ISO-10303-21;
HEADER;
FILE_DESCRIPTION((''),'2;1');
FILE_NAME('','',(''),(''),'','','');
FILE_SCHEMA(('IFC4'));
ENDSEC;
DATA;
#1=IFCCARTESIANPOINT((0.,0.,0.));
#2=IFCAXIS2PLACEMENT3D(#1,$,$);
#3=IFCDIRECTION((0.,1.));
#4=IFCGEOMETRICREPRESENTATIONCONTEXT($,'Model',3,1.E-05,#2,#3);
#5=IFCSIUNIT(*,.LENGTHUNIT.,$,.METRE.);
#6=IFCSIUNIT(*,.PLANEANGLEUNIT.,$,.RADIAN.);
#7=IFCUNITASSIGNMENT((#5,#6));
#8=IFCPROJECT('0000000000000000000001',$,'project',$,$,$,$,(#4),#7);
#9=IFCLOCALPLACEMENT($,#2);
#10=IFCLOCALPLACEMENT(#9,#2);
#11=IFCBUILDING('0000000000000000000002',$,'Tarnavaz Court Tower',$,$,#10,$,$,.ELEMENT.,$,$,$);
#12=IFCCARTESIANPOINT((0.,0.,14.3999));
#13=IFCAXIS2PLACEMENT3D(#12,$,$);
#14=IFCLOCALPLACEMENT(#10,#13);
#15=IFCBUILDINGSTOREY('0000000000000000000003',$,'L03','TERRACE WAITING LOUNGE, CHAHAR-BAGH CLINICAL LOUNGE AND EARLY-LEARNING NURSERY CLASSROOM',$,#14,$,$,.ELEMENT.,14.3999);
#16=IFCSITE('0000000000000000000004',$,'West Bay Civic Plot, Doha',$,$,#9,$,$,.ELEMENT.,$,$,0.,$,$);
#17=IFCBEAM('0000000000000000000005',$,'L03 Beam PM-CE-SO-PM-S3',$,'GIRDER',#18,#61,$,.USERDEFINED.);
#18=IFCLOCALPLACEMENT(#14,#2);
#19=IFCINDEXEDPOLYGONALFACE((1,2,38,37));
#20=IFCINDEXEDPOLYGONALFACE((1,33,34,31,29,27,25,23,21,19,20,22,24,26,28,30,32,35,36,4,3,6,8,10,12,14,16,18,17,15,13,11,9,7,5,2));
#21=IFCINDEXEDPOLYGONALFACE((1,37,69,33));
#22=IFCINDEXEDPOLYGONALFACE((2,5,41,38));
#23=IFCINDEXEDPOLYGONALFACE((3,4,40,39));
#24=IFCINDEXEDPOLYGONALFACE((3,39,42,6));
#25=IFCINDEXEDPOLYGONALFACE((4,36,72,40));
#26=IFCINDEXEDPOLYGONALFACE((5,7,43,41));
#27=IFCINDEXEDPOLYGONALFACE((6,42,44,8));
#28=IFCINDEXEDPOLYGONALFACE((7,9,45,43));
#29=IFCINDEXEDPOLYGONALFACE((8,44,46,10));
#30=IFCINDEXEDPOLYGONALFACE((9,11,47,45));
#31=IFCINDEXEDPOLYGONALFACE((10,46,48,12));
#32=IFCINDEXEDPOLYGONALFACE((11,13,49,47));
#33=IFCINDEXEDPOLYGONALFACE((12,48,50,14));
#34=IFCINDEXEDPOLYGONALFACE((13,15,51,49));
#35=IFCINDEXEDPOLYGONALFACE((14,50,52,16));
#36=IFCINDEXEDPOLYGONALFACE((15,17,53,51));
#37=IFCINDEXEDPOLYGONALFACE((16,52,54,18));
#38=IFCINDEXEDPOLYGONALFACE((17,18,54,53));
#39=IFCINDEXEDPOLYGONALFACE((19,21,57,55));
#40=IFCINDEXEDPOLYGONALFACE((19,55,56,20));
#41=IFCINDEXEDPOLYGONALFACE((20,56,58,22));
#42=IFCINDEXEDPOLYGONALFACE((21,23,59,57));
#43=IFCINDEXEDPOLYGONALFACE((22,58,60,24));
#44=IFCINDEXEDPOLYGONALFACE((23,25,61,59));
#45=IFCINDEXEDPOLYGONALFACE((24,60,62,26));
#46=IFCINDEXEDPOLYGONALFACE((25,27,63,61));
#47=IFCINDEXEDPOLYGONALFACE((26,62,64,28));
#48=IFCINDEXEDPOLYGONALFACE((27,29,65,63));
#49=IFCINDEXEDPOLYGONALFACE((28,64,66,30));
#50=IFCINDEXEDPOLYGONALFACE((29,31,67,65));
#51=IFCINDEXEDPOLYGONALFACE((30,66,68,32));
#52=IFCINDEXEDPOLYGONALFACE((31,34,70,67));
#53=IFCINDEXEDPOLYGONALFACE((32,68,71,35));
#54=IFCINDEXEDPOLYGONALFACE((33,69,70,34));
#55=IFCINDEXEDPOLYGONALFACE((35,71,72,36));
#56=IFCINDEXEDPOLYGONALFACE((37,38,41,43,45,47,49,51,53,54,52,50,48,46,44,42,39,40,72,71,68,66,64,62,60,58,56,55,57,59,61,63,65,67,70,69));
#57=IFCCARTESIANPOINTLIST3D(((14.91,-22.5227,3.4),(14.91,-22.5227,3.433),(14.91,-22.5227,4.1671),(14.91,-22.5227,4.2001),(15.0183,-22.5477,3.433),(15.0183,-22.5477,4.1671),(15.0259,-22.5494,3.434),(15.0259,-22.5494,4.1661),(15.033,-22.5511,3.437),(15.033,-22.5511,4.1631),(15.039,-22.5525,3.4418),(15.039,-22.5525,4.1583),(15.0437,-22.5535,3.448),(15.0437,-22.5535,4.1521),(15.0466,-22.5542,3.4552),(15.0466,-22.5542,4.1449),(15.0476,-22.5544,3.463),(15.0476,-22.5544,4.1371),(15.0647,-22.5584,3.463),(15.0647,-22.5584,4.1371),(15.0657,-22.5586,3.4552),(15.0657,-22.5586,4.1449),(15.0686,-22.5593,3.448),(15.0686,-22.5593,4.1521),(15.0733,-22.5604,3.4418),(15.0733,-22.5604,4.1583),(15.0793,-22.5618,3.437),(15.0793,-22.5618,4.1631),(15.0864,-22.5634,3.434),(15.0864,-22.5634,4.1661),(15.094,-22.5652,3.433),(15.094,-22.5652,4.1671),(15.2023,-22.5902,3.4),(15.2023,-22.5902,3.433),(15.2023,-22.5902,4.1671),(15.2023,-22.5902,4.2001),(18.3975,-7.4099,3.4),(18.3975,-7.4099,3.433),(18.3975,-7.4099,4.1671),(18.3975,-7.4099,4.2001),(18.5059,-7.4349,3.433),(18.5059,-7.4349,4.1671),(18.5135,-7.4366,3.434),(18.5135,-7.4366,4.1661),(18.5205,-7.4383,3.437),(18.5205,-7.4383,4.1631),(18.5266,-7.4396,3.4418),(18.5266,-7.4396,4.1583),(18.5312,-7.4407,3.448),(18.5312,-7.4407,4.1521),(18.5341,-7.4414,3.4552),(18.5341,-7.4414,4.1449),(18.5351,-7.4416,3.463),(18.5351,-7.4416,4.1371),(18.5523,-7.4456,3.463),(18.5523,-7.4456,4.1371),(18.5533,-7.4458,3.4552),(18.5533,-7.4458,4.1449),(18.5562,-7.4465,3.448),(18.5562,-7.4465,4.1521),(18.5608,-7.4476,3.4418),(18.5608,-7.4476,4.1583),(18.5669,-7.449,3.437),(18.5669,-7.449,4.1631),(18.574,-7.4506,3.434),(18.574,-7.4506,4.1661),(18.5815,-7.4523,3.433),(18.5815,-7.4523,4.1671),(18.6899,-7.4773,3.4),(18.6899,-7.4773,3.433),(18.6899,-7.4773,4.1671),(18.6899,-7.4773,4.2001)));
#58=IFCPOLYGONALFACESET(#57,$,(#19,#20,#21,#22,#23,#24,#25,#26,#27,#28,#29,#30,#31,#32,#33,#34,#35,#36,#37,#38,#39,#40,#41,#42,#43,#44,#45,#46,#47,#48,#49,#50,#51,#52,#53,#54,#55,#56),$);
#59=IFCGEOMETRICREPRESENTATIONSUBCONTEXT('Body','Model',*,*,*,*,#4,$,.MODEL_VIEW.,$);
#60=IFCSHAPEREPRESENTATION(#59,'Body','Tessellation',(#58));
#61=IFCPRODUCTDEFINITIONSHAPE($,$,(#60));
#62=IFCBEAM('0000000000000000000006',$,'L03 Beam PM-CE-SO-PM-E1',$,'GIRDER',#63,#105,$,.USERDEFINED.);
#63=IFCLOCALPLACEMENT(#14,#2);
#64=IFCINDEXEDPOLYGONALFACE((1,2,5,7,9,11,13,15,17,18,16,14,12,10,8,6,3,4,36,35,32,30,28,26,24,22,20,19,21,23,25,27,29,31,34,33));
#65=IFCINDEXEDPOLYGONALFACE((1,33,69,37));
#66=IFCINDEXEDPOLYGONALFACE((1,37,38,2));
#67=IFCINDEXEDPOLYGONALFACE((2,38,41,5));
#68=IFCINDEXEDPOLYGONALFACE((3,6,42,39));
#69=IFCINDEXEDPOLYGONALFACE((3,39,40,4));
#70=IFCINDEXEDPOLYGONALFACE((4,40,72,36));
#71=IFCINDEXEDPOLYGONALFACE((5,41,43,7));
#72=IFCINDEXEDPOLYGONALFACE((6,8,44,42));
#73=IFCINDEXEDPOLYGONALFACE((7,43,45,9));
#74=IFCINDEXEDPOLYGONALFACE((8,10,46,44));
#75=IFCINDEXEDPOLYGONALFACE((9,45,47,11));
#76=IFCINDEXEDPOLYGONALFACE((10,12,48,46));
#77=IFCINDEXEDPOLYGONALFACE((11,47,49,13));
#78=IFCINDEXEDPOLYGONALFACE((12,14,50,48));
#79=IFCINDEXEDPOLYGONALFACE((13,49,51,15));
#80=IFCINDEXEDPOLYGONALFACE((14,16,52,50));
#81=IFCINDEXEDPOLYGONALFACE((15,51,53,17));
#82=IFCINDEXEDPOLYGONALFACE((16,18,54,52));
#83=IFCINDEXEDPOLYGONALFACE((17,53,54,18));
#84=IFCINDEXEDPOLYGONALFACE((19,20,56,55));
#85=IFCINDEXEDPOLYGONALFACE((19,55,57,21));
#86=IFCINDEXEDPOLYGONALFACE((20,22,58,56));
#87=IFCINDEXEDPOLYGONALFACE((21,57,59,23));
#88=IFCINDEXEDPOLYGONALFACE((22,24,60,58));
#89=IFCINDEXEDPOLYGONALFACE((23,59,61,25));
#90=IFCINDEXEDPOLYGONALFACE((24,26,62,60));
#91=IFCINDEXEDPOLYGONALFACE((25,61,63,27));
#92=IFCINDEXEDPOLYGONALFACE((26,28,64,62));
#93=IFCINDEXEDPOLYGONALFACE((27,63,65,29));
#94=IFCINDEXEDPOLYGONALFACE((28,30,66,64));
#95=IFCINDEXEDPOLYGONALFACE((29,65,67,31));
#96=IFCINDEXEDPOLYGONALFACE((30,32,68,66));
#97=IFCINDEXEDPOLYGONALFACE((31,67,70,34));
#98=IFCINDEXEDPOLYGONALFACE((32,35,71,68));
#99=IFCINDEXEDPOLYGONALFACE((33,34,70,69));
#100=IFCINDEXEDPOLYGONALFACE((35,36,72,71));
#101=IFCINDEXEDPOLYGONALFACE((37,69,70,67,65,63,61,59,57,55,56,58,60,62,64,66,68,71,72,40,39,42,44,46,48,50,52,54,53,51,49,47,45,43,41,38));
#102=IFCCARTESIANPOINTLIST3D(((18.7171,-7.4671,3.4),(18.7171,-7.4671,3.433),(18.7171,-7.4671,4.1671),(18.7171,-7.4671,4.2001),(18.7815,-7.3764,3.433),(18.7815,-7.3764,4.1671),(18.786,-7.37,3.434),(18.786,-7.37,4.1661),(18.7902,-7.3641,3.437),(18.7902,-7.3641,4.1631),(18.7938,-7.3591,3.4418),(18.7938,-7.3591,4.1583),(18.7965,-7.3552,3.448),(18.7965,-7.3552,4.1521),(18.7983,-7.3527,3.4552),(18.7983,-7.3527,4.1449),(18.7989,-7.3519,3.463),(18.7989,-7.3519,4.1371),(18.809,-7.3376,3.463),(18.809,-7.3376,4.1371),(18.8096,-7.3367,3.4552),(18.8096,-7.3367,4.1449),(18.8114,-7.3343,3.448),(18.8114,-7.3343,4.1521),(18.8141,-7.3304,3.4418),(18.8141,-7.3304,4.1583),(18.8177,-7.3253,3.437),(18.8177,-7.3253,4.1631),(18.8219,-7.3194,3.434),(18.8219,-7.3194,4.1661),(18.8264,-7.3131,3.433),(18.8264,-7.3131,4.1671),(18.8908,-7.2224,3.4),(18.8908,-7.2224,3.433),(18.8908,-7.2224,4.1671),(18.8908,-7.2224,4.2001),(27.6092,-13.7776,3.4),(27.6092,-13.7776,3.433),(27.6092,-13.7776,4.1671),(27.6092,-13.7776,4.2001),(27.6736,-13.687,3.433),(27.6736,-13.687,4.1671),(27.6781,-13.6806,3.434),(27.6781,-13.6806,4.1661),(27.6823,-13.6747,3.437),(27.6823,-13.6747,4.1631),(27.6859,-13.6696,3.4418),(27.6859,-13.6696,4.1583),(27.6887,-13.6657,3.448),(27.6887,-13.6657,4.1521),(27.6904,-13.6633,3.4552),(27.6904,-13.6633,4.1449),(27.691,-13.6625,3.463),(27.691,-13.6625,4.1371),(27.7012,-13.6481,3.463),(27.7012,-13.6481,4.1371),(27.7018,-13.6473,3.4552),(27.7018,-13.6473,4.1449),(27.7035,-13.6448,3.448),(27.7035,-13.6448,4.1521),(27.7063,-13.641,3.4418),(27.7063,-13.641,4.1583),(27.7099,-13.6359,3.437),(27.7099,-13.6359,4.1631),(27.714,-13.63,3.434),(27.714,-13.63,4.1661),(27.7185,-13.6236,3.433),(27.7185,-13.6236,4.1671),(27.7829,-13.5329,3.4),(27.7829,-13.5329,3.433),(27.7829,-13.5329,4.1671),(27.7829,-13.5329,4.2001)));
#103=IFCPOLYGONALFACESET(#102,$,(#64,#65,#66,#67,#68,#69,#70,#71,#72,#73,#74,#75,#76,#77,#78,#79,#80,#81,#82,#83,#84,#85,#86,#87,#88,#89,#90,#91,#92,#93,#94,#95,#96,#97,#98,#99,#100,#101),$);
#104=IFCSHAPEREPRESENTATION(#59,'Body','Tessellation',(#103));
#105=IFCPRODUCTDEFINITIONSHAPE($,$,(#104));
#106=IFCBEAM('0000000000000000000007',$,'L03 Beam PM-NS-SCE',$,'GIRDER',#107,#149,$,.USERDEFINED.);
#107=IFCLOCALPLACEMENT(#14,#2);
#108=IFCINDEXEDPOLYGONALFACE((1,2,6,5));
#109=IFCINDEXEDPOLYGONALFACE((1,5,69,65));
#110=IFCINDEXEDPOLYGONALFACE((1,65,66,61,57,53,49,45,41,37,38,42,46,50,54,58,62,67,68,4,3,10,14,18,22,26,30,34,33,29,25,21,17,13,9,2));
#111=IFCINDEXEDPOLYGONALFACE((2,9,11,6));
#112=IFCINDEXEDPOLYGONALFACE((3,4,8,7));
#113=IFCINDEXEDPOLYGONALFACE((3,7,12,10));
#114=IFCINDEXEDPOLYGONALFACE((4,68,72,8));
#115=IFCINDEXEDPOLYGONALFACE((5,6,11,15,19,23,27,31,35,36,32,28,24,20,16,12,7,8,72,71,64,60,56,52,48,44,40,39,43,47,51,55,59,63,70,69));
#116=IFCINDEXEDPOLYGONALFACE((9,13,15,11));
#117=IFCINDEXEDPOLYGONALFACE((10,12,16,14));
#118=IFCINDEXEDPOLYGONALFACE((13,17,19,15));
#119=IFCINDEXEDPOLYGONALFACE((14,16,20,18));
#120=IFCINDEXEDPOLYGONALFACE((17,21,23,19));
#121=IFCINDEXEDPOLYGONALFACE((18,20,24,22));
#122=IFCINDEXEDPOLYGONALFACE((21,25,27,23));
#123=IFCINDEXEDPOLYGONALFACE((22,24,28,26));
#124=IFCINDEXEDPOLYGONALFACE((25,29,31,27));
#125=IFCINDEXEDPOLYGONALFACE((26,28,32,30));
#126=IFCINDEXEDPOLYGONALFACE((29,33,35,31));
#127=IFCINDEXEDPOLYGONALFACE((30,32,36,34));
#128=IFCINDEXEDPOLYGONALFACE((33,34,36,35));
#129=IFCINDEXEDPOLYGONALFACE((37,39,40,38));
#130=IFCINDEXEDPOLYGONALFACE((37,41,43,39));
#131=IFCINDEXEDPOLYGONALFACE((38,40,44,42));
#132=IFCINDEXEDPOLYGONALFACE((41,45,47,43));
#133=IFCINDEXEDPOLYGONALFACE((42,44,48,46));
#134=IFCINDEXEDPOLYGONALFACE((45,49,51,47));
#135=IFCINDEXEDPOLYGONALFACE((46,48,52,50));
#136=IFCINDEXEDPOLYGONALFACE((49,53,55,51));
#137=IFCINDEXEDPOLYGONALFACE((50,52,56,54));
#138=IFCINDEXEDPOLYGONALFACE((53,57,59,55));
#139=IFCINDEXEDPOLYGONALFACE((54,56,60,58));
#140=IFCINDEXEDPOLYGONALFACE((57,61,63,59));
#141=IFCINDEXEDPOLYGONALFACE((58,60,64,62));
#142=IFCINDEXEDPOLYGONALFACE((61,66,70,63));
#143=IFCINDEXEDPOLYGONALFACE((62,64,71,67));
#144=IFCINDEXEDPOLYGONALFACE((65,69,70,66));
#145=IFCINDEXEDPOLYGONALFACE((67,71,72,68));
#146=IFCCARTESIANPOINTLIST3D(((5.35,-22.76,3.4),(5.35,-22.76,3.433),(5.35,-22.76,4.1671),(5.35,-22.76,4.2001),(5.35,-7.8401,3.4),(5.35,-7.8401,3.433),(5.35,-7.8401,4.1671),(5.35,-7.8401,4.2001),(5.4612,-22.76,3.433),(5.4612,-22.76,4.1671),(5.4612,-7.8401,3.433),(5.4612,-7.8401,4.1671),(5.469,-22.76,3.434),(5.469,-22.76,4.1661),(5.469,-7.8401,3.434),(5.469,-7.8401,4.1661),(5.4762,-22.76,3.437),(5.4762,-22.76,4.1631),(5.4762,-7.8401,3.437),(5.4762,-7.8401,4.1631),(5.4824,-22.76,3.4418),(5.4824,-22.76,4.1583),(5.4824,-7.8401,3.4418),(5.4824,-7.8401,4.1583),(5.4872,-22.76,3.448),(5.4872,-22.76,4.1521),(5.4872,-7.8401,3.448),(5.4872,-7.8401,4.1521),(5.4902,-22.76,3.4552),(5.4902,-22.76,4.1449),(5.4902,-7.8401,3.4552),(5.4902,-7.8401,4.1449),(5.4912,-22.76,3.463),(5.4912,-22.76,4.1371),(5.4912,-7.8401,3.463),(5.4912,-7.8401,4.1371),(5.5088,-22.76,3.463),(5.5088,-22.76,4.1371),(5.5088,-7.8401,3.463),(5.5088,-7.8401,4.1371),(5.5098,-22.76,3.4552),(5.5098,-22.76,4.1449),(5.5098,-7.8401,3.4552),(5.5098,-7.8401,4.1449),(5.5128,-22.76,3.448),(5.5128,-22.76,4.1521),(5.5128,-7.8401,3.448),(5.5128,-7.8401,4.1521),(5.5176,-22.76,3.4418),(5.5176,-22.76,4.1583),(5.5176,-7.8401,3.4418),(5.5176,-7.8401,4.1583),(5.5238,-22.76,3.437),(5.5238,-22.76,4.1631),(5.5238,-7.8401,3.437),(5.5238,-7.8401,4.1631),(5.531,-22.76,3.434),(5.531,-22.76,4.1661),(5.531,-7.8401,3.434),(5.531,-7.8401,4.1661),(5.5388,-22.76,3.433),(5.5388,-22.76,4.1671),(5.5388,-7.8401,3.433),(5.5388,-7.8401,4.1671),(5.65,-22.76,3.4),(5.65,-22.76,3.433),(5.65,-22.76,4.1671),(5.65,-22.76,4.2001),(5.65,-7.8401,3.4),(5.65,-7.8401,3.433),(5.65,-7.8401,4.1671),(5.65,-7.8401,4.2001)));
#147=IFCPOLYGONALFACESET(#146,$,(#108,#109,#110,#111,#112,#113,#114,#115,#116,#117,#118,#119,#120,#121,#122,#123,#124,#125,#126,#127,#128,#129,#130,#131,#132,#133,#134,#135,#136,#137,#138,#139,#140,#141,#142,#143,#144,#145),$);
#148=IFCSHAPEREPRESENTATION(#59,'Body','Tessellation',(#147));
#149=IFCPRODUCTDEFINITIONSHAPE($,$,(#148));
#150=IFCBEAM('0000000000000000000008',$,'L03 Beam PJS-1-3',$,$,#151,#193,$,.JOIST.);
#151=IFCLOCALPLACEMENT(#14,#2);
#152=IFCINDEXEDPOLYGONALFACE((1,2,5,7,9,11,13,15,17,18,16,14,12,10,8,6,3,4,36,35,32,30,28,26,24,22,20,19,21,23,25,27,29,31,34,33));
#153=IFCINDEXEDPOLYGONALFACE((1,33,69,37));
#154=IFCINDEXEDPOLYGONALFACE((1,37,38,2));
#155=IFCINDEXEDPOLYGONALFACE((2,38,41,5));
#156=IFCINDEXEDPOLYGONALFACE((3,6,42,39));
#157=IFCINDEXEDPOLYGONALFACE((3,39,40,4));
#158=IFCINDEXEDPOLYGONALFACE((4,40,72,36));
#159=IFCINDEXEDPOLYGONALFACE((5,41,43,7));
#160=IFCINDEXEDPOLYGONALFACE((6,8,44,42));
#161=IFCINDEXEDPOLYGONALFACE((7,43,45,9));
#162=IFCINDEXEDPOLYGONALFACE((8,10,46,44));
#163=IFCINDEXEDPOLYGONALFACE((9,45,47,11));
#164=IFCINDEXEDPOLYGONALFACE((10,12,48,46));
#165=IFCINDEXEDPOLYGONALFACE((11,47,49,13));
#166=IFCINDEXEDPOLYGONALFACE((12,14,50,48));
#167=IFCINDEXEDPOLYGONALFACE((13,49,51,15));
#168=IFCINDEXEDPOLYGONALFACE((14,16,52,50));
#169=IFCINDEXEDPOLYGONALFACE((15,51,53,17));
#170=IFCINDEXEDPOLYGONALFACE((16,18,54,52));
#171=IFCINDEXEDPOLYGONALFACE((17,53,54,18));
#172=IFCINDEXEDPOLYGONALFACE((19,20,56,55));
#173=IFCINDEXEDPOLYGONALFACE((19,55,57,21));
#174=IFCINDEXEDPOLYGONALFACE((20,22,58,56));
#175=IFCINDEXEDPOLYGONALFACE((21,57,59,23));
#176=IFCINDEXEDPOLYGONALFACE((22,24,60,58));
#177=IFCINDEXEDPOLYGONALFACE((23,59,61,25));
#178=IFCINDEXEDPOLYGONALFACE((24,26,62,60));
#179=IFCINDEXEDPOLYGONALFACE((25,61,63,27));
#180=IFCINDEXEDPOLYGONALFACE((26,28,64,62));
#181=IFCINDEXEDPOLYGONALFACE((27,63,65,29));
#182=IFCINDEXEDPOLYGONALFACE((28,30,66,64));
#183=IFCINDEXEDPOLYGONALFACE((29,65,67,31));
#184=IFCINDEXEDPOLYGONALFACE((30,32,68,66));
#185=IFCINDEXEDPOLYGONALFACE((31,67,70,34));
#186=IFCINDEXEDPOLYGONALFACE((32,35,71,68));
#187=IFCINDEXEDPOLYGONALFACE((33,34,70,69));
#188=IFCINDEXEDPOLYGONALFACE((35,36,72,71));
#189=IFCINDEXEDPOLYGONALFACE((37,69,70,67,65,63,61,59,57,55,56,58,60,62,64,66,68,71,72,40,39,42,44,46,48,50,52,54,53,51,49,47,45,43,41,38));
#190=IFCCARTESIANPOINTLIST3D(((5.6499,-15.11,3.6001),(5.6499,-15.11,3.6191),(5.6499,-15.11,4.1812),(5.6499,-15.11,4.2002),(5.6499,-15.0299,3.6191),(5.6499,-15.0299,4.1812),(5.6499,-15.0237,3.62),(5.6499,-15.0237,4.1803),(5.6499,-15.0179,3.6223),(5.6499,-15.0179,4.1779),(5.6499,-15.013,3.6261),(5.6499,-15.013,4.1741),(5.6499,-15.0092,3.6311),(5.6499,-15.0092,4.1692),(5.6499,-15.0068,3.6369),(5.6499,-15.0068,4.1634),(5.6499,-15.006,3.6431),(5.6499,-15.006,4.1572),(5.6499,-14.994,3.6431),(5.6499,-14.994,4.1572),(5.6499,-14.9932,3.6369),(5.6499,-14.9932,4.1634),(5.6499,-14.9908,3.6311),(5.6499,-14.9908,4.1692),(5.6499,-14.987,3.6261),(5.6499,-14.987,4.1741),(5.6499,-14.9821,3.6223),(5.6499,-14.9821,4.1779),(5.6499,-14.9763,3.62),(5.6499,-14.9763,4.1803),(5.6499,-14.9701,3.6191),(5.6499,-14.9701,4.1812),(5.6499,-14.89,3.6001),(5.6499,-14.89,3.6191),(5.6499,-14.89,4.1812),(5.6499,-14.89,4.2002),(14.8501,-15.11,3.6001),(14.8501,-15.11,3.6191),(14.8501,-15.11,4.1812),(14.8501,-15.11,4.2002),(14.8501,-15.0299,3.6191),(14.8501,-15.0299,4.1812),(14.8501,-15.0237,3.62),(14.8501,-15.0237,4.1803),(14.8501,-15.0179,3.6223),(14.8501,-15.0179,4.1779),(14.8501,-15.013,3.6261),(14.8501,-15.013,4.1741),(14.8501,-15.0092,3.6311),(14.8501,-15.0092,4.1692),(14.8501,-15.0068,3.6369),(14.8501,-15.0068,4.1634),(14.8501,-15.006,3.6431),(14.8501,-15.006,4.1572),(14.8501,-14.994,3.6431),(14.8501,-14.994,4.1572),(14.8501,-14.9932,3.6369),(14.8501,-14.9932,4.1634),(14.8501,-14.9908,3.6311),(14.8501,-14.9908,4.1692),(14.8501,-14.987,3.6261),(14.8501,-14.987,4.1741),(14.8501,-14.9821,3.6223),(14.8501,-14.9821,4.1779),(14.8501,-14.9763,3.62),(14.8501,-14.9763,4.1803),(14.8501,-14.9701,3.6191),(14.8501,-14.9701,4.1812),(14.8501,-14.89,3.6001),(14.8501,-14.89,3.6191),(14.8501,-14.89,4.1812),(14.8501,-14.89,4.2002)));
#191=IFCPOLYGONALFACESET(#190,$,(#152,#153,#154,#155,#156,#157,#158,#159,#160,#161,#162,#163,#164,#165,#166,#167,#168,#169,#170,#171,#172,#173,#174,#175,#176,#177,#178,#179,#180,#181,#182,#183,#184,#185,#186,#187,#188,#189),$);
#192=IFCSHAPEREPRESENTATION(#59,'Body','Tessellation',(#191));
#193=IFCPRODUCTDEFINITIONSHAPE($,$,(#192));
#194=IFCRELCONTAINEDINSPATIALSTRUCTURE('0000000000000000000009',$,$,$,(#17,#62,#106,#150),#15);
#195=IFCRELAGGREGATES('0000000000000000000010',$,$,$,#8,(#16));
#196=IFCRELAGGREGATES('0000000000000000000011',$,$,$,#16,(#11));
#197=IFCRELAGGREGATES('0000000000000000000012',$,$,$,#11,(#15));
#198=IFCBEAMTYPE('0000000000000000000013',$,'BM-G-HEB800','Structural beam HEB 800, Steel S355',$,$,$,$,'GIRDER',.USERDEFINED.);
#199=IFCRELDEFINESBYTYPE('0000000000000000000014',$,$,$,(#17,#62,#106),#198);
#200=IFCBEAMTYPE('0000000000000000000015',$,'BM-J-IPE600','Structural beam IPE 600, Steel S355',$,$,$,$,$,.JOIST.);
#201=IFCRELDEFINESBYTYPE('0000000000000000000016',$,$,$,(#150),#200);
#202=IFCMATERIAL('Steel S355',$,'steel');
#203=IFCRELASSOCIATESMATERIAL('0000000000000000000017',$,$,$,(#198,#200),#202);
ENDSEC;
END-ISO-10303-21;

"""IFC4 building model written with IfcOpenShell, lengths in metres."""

from ifc_helpers import new_model, si_unit, direction, frame, origin, origin_2d, place, context, subcontext, project, spatial, i_section, extrude, material, material_profile, profile_set, type_object, element, save


model = new_model("IFC4")

# Units and contexts
model_context = context("Model", 3, precision=1e-05, world=origin(), true_north=direction((0.0, 1.0)))
body_context = subcontext(model_context, "Body", "Model", "MODEL_VIEW")
ifc_project = project(units=[si_unit("LENGTHUNIT", "METRE"), si_unit("PLANEANGLEUNIT", "RADIAN")], contexts=[model_context])

# Site, building, storey
site_placement = place(None, origin())
site = spatial("IfcSite", under=ifc_project, at=site_placement, Name="West Bay Civic Plot, Doha", CompositionType="ELEMENT", RefElevation=0.0)
building_placement = place(site_placement, origin())
building = spatial("IfcBuilding", under=site, at=building_placement, Name="Tarnavaz Court Tower", CompositionType="ELEMENT")
storey_placement = place(building_placement, frame((0.0, 0.0, 14.3999)))
storey = spatial("IfcBuildingStorey", under=building, at=storey_placement, Name="L03", Description="TERRACE WAITING LOUNGE, CHAHAR-BAGH CLINICAL LOUNGE AND EARLY-LEARNING NURSERY CLASSROOM", CompositionType="ELEMENT", Elevation=14.3999)

# Beams
ifc_material_1 = material(Name="Steel S355", Category="steel")
ifc_material_profile_1 = material_profile(ifc_material_1, i_section(OverallWidth=0.3, OverallDepth=0.8, WebThickness=0.0176, FlangeThickness=0.033, FilletRadius=0.03, at=origin_2d()), Name="HEB 800")
ifc_profile_set_1 = profile_set([ifc_material_profile_1], Name="Steel S355")
beam_type_1 = type_object("IfcBeamType", Name="BM-G-HEB800", Description="Structural beam HEB 800, Steel S355", ElementType="GIRDER", PredefinedType="USERDEFINED", material=ifc_profile_set_1)
beam_1_placement = place(storey_placement, frame((18.5437, -7.4436, 3.8), z_axis=(-0.224858, -0.974391, 0.0), x_axis=(0.974391, -0.224858, 0.0)))
element("IfcBeam", 1, at=beam_1_placement, inside=storey, type_object=beam_type_1, Name="L03 Beam PM-CE-SO-PM-S3", ObjectType="GIRDER", PredefinedType="USERDEFINED", context=body_context, shape_type="SweptSolid", body=[
    extrude(i_section(OverallWidth=0.3, OverallDepth=0.8, WebThickness=0.0176, FlangeThickness=0.033, FilletRadius=0.03, at=origin_2d()), origin(), (0.0, 0.0, 1.0), 15.51),
])
beam_2_placement = place(storey_placement, frame((18.804, -7.3447, 3.8), z_axis=(0.815506, -0.578749, 0.0), x_axis=(0.578749, 0.815506, 0.0)))
element("IfcBeam", 2, at=beam_2_placement, inside=storey, type_object=beam_type_1, Name="L03 Beam PM-CE-SO-PM-E1", ObjectType="GIRDER", PredefinedType="USERDEFINED", context=body_context, shape_type="SweptSolid", body=[
    extrude(i_section(OverallWidth=0.3, OverallDepth=0.8, WebThickness=0.0176, FlangeThickness=0.033, FilletRadius=0.03, at=origin_2d()), origin(), (0.0, 0.0, 1.0), 10.9038),
])
beam_3_placement = place(storey_placement, frame((5.5, -7.8401, 3.8), z_axis=(0.0, -1.0, 0.0), x_axis=(1.0, 0.0, 0.0)))
element("IfcBeam", 3, at=beam_3_placement, inside=storey, type_object=beam_type_1, Name="L03 Beam PM-NS-SCE", ObjectType="GIRDER", PredefinedType="USERDEFINED", context=body_context, shape_type="SweptSolid", body=[
    extrude(i_section(OverallWidth=0.3, OverallDepth=0.8, WebThickness=0.0176, FlangeThickness=0.033, FilletRadius=0.03, at=origin_2d()), origin(), (0.0, 0.0, 1.0), 14.9199),
])
ifc_material_profile_2 = material_profile(ifc_material_1, i_section(OverallWidth=0.22, OverallDepth=0.6001, WebThickness=0.012, FlangeThickness=0.019, FilletRadius=0.0239, at=origin_2d()), Name="IPE 600")
ifc_profile_set_2 = profile_set([ifc_material_profile_2], Name="Steel S355")
beam_type_2 = type_object("IfcBeamType", Name="BM-J-IPE600", Description="Structural beam IPE 600, Steel S355", PredefinedType="JOIST", material=ifc_profile_set_2)
for number, where, z_axis, x_axis, name in (
    (4, (5.6499, -15.0, 3.9001), (1.0, 0.0, 0.0), (0.0, 1.0, 0.0), "L03 Beam PJS-1-3"),
):
    element("IfcBeam", number, at=place(storey_placement, frame(where, z_axis=z_axis, x_axis=x_axis)), inside=storey, type_object=beam_type_2, Name=name, PredefinedType="JOIST", context=body_context, shape_type="SweptSolid", body=[
        extrude(i_section(OverallWidth=0.22, OverallDepth=0.6001, WebThickness=0.012, FlangeThickness=0.019, FilletRadius=0.0239, at=origin_2d()), origin(), (0.0, 0.0, 1.0), 9.2002),
    ])

save(model, "model.ifc")
